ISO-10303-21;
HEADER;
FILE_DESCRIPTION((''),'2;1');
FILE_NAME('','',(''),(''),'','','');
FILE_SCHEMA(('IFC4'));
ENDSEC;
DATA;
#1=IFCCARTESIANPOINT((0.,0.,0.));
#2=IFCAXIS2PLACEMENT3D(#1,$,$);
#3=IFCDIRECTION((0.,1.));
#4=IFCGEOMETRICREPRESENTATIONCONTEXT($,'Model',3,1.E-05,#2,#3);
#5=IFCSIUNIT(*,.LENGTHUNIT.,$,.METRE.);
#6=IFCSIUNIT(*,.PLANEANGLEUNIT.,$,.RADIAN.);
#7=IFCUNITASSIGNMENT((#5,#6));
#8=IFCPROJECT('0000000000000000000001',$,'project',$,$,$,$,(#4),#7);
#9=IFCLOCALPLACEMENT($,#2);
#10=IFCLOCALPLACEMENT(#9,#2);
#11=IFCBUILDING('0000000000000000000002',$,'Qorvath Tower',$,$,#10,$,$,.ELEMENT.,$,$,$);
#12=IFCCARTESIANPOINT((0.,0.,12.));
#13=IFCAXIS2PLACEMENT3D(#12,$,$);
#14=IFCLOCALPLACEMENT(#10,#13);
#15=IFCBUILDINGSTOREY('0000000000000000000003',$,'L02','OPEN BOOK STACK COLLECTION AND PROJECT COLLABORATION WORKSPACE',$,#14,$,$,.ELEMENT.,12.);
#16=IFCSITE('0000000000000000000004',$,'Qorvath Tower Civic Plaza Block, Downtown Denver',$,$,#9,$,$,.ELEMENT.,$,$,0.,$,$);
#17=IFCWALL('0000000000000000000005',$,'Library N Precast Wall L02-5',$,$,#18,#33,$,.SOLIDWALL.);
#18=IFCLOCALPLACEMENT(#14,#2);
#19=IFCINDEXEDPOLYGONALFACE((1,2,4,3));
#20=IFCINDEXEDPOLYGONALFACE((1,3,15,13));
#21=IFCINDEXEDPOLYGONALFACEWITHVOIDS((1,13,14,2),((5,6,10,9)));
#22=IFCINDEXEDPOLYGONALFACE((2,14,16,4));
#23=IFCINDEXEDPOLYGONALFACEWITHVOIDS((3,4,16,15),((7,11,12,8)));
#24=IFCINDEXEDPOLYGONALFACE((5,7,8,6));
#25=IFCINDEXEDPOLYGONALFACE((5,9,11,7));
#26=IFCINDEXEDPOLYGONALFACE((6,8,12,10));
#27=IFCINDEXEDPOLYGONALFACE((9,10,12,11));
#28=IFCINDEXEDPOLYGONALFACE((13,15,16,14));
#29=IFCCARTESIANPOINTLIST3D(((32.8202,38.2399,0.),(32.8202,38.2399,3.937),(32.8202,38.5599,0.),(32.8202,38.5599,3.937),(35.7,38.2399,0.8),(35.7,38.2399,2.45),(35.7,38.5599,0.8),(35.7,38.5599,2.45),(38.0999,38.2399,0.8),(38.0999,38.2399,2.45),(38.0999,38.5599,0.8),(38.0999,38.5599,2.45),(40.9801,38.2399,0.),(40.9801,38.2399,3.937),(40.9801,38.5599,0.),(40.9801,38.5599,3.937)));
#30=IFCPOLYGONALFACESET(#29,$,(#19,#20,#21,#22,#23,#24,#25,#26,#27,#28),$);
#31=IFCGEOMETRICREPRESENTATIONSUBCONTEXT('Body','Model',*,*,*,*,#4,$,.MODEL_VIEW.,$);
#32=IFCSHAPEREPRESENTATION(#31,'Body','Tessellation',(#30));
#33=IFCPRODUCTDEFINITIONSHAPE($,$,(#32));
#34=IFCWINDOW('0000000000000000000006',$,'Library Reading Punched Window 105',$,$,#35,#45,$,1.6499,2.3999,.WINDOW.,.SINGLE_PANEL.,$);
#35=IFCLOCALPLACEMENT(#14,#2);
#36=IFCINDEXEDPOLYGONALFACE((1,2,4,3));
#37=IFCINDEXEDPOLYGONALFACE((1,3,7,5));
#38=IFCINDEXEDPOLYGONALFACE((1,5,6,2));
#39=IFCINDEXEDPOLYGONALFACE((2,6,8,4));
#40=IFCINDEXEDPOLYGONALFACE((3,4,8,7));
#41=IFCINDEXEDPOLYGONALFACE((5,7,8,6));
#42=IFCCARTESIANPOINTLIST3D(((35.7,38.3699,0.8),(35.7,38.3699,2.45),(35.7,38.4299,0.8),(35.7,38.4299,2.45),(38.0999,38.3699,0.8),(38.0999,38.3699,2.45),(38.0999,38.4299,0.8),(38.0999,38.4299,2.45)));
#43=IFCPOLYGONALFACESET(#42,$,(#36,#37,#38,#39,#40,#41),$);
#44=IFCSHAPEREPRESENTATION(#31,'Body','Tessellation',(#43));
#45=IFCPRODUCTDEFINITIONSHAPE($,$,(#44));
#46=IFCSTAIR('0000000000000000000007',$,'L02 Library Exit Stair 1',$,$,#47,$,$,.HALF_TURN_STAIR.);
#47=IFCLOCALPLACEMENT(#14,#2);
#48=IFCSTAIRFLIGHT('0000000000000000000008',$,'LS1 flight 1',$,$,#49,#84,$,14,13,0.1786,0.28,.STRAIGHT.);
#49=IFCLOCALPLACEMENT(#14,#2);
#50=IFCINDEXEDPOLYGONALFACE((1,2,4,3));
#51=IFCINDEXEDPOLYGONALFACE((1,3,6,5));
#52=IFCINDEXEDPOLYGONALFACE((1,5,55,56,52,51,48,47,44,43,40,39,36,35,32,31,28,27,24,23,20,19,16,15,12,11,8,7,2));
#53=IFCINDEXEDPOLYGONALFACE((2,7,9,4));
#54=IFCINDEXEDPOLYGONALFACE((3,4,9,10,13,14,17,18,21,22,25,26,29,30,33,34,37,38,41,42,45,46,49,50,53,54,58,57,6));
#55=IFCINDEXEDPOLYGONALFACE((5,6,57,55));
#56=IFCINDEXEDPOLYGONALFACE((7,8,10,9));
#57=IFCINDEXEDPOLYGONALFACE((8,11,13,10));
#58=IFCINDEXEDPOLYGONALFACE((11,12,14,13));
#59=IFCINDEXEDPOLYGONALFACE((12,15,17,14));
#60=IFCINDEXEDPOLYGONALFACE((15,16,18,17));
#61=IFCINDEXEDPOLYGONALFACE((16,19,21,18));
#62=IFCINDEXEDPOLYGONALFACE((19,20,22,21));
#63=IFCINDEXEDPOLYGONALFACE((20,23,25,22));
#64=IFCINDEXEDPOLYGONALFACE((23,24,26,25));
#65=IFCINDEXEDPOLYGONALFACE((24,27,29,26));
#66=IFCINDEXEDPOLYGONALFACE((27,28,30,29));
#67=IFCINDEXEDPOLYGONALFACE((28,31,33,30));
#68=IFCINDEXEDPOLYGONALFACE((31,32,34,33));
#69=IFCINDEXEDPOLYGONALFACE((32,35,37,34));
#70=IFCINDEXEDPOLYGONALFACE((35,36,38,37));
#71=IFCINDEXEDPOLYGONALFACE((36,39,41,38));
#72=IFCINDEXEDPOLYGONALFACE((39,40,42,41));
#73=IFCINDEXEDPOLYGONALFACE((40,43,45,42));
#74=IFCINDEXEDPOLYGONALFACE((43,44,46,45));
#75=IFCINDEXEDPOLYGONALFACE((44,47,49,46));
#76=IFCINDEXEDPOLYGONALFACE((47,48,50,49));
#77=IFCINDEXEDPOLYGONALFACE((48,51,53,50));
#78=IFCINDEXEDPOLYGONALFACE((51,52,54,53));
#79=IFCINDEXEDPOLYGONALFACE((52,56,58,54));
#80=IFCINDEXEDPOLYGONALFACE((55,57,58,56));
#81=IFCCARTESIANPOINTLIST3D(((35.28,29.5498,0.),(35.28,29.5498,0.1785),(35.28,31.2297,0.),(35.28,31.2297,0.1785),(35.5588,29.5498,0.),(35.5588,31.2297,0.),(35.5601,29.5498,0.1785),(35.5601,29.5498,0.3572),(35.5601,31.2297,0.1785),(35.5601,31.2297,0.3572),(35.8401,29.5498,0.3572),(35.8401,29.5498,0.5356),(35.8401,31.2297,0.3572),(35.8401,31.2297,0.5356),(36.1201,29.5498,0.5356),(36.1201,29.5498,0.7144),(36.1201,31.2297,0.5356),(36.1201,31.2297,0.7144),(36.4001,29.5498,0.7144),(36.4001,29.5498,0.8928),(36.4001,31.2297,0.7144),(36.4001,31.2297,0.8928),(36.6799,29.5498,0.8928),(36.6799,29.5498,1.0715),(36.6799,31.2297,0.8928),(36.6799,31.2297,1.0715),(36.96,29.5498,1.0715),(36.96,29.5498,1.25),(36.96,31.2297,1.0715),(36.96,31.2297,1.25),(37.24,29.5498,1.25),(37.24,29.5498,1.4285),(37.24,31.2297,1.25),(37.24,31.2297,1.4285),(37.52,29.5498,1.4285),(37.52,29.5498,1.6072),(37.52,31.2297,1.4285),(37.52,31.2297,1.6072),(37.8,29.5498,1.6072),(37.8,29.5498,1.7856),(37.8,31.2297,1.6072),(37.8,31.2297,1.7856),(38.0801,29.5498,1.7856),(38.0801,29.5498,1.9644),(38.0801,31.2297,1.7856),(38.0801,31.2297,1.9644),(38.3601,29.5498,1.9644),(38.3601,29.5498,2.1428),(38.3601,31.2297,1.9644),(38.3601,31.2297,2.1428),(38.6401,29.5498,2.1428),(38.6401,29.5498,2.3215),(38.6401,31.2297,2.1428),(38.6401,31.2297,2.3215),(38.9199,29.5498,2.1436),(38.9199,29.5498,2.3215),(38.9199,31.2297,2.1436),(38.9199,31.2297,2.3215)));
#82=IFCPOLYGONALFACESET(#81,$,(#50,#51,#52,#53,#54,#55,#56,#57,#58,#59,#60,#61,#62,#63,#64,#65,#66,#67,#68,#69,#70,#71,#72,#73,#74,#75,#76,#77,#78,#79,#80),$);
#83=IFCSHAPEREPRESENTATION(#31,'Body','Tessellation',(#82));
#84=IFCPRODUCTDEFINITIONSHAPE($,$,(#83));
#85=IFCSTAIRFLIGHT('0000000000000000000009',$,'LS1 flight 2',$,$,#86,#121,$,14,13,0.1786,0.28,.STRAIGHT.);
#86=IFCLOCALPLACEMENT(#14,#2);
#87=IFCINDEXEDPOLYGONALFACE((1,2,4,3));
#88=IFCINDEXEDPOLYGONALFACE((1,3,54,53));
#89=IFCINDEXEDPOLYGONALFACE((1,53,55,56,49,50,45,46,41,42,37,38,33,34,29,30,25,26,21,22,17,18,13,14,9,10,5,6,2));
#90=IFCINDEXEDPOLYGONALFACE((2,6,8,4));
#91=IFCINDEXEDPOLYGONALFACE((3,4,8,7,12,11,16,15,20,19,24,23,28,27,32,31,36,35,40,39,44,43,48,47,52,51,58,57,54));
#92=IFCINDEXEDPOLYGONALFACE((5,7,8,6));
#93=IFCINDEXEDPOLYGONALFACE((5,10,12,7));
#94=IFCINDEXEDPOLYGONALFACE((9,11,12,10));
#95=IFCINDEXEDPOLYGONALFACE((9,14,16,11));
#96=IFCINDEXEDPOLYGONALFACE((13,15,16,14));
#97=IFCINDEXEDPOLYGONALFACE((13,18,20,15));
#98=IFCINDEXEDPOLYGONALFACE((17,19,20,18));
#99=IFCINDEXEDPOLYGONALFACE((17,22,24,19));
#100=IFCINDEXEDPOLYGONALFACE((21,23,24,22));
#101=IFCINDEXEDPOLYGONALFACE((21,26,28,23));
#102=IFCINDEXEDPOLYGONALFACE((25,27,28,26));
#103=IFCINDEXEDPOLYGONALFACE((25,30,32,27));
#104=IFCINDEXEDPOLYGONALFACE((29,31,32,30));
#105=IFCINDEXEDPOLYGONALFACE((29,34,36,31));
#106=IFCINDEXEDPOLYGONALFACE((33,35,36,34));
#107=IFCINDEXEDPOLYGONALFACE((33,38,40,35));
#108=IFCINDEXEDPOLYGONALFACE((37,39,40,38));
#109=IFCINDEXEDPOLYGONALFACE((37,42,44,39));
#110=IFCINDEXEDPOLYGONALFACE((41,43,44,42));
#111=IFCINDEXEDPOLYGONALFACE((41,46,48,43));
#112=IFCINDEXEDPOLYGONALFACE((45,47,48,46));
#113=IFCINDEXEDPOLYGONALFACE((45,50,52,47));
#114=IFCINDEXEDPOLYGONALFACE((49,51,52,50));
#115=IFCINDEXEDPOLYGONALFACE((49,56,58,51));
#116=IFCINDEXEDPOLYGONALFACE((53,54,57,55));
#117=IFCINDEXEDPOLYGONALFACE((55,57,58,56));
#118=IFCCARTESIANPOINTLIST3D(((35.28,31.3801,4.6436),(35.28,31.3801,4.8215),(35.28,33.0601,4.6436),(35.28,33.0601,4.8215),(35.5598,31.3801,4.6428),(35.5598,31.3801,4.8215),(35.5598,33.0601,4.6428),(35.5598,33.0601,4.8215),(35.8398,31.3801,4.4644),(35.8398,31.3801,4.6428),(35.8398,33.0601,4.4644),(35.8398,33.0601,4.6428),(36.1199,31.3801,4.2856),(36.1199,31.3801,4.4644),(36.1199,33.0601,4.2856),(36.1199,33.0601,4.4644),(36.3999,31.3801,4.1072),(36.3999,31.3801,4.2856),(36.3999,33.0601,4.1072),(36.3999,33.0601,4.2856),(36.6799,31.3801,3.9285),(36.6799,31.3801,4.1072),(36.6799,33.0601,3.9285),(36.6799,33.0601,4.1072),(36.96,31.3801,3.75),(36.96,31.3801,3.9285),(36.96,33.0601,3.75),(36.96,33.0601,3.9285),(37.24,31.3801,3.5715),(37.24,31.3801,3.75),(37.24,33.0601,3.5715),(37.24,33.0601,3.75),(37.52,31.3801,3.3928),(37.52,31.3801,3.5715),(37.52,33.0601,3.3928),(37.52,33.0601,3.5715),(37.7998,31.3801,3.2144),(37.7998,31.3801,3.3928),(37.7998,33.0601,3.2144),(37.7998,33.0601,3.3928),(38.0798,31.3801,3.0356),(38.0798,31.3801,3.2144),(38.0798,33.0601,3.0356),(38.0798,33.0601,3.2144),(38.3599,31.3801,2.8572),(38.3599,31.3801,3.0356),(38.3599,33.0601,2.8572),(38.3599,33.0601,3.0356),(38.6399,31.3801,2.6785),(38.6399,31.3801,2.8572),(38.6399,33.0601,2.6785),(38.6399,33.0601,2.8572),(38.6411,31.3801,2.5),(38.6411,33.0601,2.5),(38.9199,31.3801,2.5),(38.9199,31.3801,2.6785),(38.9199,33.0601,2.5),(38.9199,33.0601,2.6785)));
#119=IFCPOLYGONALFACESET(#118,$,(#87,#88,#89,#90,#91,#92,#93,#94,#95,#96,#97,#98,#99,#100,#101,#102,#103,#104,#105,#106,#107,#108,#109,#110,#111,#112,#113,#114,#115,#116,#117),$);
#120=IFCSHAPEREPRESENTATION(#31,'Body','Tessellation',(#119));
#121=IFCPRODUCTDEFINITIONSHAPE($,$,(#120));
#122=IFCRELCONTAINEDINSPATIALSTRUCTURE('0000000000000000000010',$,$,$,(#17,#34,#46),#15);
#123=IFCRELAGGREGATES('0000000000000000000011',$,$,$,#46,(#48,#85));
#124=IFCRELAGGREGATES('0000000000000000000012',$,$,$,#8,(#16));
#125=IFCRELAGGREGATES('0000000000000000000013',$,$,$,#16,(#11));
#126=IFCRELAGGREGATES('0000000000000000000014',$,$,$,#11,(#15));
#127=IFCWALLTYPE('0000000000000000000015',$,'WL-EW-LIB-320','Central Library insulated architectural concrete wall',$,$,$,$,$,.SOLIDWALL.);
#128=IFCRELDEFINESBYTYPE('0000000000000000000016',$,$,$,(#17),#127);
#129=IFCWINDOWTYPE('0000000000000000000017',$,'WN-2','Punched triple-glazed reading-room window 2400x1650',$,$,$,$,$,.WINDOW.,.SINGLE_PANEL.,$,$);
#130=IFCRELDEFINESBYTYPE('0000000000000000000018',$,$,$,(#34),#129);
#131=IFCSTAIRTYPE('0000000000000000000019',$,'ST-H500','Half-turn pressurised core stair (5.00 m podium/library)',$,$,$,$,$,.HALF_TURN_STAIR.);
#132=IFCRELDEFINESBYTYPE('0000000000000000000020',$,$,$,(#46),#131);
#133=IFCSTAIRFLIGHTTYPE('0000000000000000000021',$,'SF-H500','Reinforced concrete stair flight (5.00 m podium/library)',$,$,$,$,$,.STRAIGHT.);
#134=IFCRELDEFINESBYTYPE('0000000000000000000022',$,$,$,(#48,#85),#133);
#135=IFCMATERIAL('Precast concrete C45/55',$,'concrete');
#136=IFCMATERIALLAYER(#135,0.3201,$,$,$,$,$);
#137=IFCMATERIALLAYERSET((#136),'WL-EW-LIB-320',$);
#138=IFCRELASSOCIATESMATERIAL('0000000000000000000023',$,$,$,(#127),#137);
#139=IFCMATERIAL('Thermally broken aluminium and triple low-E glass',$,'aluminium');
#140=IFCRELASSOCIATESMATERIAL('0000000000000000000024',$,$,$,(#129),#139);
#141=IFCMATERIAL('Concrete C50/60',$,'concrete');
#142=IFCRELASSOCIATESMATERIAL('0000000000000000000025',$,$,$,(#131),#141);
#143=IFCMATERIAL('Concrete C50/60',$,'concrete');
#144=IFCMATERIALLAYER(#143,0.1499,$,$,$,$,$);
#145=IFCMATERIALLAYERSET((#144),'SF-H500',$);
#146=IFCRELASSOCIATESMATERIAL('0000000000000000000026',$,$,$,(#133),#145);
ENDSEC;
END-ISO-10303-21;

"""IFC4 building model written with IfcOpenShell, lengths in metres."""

from ifc_helpers import new_model, si_unit, direction, frame, frame_2d, origin, place, context, subcontext, project, spatial, polyline, rectangle, outline, extrude, material, layer, layer_set, type_object, element, fill, aggregate, save


model = new_model("IFC4")

# Units and contexts
model_context = context("Model", 3, precision=1e-05, world=origin(), true_north=direction((0.0, 1.0)))
body_context = subcontext(model_context, "Body", "Model", "MODEL_VIEW")
ifc_project = project(units=[si_unit("LENGTHUNIT", "METRE"), si_unit("PLANEANGLEUNIT", "RADIAN")], contexts=[model_context])

# Site, building, storey
site_placement = place(None, origin())
site = spatial("IfcSite", under=ifc_project, at=site_placement, Name="Qorvath Tower Civic Plaza Block, Downtown Denver", CompositionType="ELEMENT", RefElevation=0.0)
building_placement = place(site_placement, origin())
building = spatial("IfcBuilding", under=site, at=building_placement, Name="Qorvath Tower", CompositionType="ELEMENT")
storey_placement = place(building_placement, frame((0.0, 0.0, 12.0)))
storey = spatial("IfcBuildingStorey", under=building, at=storey_placement, Name="L02", Description="OPEN BOOK STACK COLLECTION AND PROJECT COLLABORATION WORKSPACE", CompositionType="ELEMENT", Elevation=12.0)

# Wall, opening, window
ifc_material_1 = material(Name="Precast concrete C45/55", Category="concrete")
ifc_layer_1 = layer(ifc_material_1, 0.3201)
ifc_layer_set_1 = layer_set([ifc_layer_1], Name="WL-EW-LIB-320")
wall_type_1 = type_object("IfcWallType", Name="WL-EW-LIB-320", Description="Central Library insulated architectural concrete wall", PredefinedType="SOLIDWALL", material=ifc_layer_set_1)
ifc_material_2 = material(Name="Thermally broken aluminium and triple low-E glass", Category="aluminium")
window_type = type_object("IfcWindowType", Name="WN-2", Description="Punched triple-glazed reading-room window 2400x1650", PartitioningType="SINGLE_PANEL", PredefinedType="WINDOW", material=ifc_material_2)
wall_1_placement = place(storey_placement, frame((32.8201, 38.3999, 0.0), z_axis=(0.0, 0.0, 1.0), x_axis=(1.0, 0.0, 0.0)))
wall_1 = element("IfcWall", 1, at=wall_1_placement, inside=storey, type_object=wall_type_1, Name="Library N Precast Wall L02-5", PredefinedType="SOLIDWALL", context=body_context, shape_type="SweptSolid", body=[
    extrude(rectangle(XDim=8.1599, YDim=0.3201, at=frame_2d((4.0801, 0.0))), origin(), (0.0, 0.0, 1.0), 3.937),
])
opening_1_placement = place(wall_1_placement, frame((2.8799, 0.0, 0.8)))
opening_1 = element("IfcOpeningElement", 2, at=opening_1_placement, cuts=wall_1, PredefinedType="OPENING", context=body_context, shape_type="SweptSolid", body=[
    extrude(rectangle(XDim=2.3999, YDim=1.6499, at=frame_2d((1.2, 0.825))), frame((0.0, 0.1699, 0.0), z_axis=(0.0, -1.0, 0.0), x_axis=(1.0, 0.0, 0.0)), (0.0, 0.0, 1.0), 0.3401),
])
window_1_placement = place(opening_1_placement, origin())
window_1 = element("IfcWindow", 3, at=window_1_placement, inside=storey, type_object=window_type, Name="Library Reading Punched Window 105", OverallHeight=1.6499, OverallWidth=2.3999, PartitioningType="SINGLE_PANEL", PredefinedType="WINDOW", context=body_context, shape_type="SweptSolid", body=[
    extrude(rectangle(XDim=2.3999, YDim=1.6499, at=frame_2d((1.2, 0.825))), frame((0.0, 0.03, 0.0), z_axis=(0.0, -1.0, 0.0), x_axis=(1.0, 0.0, 0.0)), (0.0, 0.0, 1.0), 0.0601),
])
fill(opening_1, window_1)

# Stair, stair flights
ifc_material_3 = material(Name="Concrete C50/60", Category="concrete")
stair_type = type_object("IfcStairType", Name="ST-H500", Description="Half-turn pressurised core stair (5.00 m podium/library)", PredefinedType="HALF_TURN_STAIR", material=ifc_material_3)
stair_placement = place(storey_placement, origin())
stair = element("IfcStair", 4, at=stair_placement, inside=storey, type_object=stair_type, Name="L02 Library Exit Stair 1", PredefinedType="HALF_TURN_STAIR")
ifc_material_4 = material(Name="Concrete C50/60", Category="concrete")
ifc_layer_2 = layer(ifc_material_4, 0.1499)
ifc_layer_set_2 = layer_set([ifc_layer_2], Name="SF-H500")
stair_flight_type = type_object("IfcStairFlightType", Name="SF-H500", Description="Reinforced concrete stair flight (5.00 m podium/library)", PredefinedType="STRAIGHT", material=ifc_layer_set_2)
stair_flight_1_placement = place(storey_placement, frame((35.28, 30.3899, 0.0), z_axis=(0.0, 0.0, 1.0), x_axis=(1.0, 0.0, 0.0)))
stair_flight_1 = element("IfcStairFlight", 5, at=stair_flight_1_placement, type_object=stair_flight_type, Name="LS1 flight 1", NumberOfRisers=14, NumberOfTreads=13, PredefinedType="STRAIGHT", RiserHeight=0.1786, TreadLength=0.28, context=body_context, shape_type="SweptSolid", body=[
    extrude(outline(polyline([(0.0, 0.0), (0.0, 0.1785), (0.28, 0.1785), (0.28, 0.3572), (0.5601, 0.3572), (0.5601, 0.5356), (0.8401, 0.5356), (0.8401, 0.7144), (1.1201, 0.7144), (1.1201, 0.8928), (1.3999, 0.8928), (1.3999, 1.0715), (1.6799, 1.0715), (1.6799, 1.25), (1.96, 1.25), (1.96, 1.4285), (2.24, 1.4285), (2.24, 1.6072), (2.52, 1.6072), (2.52, 1.7856), (2.8, 1.7856), (2.8, 1.9644), (3.0801, 1.9644), (3.0801, 2.1428), (3.3601, 2.1428), (3.3601, 2.3215), (3.6399, 2.3215), (3.6399, 2.5), (3.6399, 2.1436), (0.2788, 0.0), (0.0, 0.0)])), frame((0.0, 0.8398, 0.0), z_axis=(0.0, -1.0, 0.0), x_axis=(1.0, 0.0, 0.0)), (0.0, 0.0, 1.0), 1.6799),
])
stair_flight_2_placement = place(storey_placement, frame((38.9199, 32.22, 2.5), z_axis=(0.0, 0.0, 1.0), x_axis=(-1.0, 0.0, 0.0)))
stair_flight_2 = element("IfcStairFlight", 6, at=stair_flight_2_placement, type_object=stair_flight_type, Name="LS1 flight 2", NumberOfRisers=14, NumberOfTreads=13, PredefinedType="STRAIGHT", RiserHeight=0.1786, TreadLength=0.28, context=body_context, shape_type="SweptSolid", body=[
    extrude(outline(polyline([(0.0, 0.0), (0.0, 0.1785), (0.28, 0.1785), (0.28, 0.3572), (0.5601, 0.3572), (0.5601, 0.5356), (0.8401, 0.5356), (0.8401, 0.7144), (1.1201, 0.7144), (1.1201, 0.8928), (1.3999, 0.8928), (1.3999, 1.0715), (1.6799, 1.0715), (1.6799, 1.25), (1.96, 1.25), (1.96, 1.4285), (2.24, 1.4285), (2.24, 1.6072), (2.52, 1.6072), (2.52, 1.7856), (2.8, 1.7856), (2.8, 1.9644), (3.0801, 1.9644), (3.0801, 2.1428), (3.3601, 2.1428), (3.3601, 2.3215), (3.6399, 2.3215), (3.6399, 2.5), (3.6399, 2.1436), (0.2788, 0.0), (0.0, 0.0)])), frame((0.0, 0.8398, 0.0), z_axis=(0.0, -1.0, 0.0), x_axis=(1.0, 0.0, 0.0)), (0.0, 0.0, 1.0), 1.6799),
])
aggregate(stair, [stair_flight_1, stair_flight_2])

save(model, "model.ifc")
